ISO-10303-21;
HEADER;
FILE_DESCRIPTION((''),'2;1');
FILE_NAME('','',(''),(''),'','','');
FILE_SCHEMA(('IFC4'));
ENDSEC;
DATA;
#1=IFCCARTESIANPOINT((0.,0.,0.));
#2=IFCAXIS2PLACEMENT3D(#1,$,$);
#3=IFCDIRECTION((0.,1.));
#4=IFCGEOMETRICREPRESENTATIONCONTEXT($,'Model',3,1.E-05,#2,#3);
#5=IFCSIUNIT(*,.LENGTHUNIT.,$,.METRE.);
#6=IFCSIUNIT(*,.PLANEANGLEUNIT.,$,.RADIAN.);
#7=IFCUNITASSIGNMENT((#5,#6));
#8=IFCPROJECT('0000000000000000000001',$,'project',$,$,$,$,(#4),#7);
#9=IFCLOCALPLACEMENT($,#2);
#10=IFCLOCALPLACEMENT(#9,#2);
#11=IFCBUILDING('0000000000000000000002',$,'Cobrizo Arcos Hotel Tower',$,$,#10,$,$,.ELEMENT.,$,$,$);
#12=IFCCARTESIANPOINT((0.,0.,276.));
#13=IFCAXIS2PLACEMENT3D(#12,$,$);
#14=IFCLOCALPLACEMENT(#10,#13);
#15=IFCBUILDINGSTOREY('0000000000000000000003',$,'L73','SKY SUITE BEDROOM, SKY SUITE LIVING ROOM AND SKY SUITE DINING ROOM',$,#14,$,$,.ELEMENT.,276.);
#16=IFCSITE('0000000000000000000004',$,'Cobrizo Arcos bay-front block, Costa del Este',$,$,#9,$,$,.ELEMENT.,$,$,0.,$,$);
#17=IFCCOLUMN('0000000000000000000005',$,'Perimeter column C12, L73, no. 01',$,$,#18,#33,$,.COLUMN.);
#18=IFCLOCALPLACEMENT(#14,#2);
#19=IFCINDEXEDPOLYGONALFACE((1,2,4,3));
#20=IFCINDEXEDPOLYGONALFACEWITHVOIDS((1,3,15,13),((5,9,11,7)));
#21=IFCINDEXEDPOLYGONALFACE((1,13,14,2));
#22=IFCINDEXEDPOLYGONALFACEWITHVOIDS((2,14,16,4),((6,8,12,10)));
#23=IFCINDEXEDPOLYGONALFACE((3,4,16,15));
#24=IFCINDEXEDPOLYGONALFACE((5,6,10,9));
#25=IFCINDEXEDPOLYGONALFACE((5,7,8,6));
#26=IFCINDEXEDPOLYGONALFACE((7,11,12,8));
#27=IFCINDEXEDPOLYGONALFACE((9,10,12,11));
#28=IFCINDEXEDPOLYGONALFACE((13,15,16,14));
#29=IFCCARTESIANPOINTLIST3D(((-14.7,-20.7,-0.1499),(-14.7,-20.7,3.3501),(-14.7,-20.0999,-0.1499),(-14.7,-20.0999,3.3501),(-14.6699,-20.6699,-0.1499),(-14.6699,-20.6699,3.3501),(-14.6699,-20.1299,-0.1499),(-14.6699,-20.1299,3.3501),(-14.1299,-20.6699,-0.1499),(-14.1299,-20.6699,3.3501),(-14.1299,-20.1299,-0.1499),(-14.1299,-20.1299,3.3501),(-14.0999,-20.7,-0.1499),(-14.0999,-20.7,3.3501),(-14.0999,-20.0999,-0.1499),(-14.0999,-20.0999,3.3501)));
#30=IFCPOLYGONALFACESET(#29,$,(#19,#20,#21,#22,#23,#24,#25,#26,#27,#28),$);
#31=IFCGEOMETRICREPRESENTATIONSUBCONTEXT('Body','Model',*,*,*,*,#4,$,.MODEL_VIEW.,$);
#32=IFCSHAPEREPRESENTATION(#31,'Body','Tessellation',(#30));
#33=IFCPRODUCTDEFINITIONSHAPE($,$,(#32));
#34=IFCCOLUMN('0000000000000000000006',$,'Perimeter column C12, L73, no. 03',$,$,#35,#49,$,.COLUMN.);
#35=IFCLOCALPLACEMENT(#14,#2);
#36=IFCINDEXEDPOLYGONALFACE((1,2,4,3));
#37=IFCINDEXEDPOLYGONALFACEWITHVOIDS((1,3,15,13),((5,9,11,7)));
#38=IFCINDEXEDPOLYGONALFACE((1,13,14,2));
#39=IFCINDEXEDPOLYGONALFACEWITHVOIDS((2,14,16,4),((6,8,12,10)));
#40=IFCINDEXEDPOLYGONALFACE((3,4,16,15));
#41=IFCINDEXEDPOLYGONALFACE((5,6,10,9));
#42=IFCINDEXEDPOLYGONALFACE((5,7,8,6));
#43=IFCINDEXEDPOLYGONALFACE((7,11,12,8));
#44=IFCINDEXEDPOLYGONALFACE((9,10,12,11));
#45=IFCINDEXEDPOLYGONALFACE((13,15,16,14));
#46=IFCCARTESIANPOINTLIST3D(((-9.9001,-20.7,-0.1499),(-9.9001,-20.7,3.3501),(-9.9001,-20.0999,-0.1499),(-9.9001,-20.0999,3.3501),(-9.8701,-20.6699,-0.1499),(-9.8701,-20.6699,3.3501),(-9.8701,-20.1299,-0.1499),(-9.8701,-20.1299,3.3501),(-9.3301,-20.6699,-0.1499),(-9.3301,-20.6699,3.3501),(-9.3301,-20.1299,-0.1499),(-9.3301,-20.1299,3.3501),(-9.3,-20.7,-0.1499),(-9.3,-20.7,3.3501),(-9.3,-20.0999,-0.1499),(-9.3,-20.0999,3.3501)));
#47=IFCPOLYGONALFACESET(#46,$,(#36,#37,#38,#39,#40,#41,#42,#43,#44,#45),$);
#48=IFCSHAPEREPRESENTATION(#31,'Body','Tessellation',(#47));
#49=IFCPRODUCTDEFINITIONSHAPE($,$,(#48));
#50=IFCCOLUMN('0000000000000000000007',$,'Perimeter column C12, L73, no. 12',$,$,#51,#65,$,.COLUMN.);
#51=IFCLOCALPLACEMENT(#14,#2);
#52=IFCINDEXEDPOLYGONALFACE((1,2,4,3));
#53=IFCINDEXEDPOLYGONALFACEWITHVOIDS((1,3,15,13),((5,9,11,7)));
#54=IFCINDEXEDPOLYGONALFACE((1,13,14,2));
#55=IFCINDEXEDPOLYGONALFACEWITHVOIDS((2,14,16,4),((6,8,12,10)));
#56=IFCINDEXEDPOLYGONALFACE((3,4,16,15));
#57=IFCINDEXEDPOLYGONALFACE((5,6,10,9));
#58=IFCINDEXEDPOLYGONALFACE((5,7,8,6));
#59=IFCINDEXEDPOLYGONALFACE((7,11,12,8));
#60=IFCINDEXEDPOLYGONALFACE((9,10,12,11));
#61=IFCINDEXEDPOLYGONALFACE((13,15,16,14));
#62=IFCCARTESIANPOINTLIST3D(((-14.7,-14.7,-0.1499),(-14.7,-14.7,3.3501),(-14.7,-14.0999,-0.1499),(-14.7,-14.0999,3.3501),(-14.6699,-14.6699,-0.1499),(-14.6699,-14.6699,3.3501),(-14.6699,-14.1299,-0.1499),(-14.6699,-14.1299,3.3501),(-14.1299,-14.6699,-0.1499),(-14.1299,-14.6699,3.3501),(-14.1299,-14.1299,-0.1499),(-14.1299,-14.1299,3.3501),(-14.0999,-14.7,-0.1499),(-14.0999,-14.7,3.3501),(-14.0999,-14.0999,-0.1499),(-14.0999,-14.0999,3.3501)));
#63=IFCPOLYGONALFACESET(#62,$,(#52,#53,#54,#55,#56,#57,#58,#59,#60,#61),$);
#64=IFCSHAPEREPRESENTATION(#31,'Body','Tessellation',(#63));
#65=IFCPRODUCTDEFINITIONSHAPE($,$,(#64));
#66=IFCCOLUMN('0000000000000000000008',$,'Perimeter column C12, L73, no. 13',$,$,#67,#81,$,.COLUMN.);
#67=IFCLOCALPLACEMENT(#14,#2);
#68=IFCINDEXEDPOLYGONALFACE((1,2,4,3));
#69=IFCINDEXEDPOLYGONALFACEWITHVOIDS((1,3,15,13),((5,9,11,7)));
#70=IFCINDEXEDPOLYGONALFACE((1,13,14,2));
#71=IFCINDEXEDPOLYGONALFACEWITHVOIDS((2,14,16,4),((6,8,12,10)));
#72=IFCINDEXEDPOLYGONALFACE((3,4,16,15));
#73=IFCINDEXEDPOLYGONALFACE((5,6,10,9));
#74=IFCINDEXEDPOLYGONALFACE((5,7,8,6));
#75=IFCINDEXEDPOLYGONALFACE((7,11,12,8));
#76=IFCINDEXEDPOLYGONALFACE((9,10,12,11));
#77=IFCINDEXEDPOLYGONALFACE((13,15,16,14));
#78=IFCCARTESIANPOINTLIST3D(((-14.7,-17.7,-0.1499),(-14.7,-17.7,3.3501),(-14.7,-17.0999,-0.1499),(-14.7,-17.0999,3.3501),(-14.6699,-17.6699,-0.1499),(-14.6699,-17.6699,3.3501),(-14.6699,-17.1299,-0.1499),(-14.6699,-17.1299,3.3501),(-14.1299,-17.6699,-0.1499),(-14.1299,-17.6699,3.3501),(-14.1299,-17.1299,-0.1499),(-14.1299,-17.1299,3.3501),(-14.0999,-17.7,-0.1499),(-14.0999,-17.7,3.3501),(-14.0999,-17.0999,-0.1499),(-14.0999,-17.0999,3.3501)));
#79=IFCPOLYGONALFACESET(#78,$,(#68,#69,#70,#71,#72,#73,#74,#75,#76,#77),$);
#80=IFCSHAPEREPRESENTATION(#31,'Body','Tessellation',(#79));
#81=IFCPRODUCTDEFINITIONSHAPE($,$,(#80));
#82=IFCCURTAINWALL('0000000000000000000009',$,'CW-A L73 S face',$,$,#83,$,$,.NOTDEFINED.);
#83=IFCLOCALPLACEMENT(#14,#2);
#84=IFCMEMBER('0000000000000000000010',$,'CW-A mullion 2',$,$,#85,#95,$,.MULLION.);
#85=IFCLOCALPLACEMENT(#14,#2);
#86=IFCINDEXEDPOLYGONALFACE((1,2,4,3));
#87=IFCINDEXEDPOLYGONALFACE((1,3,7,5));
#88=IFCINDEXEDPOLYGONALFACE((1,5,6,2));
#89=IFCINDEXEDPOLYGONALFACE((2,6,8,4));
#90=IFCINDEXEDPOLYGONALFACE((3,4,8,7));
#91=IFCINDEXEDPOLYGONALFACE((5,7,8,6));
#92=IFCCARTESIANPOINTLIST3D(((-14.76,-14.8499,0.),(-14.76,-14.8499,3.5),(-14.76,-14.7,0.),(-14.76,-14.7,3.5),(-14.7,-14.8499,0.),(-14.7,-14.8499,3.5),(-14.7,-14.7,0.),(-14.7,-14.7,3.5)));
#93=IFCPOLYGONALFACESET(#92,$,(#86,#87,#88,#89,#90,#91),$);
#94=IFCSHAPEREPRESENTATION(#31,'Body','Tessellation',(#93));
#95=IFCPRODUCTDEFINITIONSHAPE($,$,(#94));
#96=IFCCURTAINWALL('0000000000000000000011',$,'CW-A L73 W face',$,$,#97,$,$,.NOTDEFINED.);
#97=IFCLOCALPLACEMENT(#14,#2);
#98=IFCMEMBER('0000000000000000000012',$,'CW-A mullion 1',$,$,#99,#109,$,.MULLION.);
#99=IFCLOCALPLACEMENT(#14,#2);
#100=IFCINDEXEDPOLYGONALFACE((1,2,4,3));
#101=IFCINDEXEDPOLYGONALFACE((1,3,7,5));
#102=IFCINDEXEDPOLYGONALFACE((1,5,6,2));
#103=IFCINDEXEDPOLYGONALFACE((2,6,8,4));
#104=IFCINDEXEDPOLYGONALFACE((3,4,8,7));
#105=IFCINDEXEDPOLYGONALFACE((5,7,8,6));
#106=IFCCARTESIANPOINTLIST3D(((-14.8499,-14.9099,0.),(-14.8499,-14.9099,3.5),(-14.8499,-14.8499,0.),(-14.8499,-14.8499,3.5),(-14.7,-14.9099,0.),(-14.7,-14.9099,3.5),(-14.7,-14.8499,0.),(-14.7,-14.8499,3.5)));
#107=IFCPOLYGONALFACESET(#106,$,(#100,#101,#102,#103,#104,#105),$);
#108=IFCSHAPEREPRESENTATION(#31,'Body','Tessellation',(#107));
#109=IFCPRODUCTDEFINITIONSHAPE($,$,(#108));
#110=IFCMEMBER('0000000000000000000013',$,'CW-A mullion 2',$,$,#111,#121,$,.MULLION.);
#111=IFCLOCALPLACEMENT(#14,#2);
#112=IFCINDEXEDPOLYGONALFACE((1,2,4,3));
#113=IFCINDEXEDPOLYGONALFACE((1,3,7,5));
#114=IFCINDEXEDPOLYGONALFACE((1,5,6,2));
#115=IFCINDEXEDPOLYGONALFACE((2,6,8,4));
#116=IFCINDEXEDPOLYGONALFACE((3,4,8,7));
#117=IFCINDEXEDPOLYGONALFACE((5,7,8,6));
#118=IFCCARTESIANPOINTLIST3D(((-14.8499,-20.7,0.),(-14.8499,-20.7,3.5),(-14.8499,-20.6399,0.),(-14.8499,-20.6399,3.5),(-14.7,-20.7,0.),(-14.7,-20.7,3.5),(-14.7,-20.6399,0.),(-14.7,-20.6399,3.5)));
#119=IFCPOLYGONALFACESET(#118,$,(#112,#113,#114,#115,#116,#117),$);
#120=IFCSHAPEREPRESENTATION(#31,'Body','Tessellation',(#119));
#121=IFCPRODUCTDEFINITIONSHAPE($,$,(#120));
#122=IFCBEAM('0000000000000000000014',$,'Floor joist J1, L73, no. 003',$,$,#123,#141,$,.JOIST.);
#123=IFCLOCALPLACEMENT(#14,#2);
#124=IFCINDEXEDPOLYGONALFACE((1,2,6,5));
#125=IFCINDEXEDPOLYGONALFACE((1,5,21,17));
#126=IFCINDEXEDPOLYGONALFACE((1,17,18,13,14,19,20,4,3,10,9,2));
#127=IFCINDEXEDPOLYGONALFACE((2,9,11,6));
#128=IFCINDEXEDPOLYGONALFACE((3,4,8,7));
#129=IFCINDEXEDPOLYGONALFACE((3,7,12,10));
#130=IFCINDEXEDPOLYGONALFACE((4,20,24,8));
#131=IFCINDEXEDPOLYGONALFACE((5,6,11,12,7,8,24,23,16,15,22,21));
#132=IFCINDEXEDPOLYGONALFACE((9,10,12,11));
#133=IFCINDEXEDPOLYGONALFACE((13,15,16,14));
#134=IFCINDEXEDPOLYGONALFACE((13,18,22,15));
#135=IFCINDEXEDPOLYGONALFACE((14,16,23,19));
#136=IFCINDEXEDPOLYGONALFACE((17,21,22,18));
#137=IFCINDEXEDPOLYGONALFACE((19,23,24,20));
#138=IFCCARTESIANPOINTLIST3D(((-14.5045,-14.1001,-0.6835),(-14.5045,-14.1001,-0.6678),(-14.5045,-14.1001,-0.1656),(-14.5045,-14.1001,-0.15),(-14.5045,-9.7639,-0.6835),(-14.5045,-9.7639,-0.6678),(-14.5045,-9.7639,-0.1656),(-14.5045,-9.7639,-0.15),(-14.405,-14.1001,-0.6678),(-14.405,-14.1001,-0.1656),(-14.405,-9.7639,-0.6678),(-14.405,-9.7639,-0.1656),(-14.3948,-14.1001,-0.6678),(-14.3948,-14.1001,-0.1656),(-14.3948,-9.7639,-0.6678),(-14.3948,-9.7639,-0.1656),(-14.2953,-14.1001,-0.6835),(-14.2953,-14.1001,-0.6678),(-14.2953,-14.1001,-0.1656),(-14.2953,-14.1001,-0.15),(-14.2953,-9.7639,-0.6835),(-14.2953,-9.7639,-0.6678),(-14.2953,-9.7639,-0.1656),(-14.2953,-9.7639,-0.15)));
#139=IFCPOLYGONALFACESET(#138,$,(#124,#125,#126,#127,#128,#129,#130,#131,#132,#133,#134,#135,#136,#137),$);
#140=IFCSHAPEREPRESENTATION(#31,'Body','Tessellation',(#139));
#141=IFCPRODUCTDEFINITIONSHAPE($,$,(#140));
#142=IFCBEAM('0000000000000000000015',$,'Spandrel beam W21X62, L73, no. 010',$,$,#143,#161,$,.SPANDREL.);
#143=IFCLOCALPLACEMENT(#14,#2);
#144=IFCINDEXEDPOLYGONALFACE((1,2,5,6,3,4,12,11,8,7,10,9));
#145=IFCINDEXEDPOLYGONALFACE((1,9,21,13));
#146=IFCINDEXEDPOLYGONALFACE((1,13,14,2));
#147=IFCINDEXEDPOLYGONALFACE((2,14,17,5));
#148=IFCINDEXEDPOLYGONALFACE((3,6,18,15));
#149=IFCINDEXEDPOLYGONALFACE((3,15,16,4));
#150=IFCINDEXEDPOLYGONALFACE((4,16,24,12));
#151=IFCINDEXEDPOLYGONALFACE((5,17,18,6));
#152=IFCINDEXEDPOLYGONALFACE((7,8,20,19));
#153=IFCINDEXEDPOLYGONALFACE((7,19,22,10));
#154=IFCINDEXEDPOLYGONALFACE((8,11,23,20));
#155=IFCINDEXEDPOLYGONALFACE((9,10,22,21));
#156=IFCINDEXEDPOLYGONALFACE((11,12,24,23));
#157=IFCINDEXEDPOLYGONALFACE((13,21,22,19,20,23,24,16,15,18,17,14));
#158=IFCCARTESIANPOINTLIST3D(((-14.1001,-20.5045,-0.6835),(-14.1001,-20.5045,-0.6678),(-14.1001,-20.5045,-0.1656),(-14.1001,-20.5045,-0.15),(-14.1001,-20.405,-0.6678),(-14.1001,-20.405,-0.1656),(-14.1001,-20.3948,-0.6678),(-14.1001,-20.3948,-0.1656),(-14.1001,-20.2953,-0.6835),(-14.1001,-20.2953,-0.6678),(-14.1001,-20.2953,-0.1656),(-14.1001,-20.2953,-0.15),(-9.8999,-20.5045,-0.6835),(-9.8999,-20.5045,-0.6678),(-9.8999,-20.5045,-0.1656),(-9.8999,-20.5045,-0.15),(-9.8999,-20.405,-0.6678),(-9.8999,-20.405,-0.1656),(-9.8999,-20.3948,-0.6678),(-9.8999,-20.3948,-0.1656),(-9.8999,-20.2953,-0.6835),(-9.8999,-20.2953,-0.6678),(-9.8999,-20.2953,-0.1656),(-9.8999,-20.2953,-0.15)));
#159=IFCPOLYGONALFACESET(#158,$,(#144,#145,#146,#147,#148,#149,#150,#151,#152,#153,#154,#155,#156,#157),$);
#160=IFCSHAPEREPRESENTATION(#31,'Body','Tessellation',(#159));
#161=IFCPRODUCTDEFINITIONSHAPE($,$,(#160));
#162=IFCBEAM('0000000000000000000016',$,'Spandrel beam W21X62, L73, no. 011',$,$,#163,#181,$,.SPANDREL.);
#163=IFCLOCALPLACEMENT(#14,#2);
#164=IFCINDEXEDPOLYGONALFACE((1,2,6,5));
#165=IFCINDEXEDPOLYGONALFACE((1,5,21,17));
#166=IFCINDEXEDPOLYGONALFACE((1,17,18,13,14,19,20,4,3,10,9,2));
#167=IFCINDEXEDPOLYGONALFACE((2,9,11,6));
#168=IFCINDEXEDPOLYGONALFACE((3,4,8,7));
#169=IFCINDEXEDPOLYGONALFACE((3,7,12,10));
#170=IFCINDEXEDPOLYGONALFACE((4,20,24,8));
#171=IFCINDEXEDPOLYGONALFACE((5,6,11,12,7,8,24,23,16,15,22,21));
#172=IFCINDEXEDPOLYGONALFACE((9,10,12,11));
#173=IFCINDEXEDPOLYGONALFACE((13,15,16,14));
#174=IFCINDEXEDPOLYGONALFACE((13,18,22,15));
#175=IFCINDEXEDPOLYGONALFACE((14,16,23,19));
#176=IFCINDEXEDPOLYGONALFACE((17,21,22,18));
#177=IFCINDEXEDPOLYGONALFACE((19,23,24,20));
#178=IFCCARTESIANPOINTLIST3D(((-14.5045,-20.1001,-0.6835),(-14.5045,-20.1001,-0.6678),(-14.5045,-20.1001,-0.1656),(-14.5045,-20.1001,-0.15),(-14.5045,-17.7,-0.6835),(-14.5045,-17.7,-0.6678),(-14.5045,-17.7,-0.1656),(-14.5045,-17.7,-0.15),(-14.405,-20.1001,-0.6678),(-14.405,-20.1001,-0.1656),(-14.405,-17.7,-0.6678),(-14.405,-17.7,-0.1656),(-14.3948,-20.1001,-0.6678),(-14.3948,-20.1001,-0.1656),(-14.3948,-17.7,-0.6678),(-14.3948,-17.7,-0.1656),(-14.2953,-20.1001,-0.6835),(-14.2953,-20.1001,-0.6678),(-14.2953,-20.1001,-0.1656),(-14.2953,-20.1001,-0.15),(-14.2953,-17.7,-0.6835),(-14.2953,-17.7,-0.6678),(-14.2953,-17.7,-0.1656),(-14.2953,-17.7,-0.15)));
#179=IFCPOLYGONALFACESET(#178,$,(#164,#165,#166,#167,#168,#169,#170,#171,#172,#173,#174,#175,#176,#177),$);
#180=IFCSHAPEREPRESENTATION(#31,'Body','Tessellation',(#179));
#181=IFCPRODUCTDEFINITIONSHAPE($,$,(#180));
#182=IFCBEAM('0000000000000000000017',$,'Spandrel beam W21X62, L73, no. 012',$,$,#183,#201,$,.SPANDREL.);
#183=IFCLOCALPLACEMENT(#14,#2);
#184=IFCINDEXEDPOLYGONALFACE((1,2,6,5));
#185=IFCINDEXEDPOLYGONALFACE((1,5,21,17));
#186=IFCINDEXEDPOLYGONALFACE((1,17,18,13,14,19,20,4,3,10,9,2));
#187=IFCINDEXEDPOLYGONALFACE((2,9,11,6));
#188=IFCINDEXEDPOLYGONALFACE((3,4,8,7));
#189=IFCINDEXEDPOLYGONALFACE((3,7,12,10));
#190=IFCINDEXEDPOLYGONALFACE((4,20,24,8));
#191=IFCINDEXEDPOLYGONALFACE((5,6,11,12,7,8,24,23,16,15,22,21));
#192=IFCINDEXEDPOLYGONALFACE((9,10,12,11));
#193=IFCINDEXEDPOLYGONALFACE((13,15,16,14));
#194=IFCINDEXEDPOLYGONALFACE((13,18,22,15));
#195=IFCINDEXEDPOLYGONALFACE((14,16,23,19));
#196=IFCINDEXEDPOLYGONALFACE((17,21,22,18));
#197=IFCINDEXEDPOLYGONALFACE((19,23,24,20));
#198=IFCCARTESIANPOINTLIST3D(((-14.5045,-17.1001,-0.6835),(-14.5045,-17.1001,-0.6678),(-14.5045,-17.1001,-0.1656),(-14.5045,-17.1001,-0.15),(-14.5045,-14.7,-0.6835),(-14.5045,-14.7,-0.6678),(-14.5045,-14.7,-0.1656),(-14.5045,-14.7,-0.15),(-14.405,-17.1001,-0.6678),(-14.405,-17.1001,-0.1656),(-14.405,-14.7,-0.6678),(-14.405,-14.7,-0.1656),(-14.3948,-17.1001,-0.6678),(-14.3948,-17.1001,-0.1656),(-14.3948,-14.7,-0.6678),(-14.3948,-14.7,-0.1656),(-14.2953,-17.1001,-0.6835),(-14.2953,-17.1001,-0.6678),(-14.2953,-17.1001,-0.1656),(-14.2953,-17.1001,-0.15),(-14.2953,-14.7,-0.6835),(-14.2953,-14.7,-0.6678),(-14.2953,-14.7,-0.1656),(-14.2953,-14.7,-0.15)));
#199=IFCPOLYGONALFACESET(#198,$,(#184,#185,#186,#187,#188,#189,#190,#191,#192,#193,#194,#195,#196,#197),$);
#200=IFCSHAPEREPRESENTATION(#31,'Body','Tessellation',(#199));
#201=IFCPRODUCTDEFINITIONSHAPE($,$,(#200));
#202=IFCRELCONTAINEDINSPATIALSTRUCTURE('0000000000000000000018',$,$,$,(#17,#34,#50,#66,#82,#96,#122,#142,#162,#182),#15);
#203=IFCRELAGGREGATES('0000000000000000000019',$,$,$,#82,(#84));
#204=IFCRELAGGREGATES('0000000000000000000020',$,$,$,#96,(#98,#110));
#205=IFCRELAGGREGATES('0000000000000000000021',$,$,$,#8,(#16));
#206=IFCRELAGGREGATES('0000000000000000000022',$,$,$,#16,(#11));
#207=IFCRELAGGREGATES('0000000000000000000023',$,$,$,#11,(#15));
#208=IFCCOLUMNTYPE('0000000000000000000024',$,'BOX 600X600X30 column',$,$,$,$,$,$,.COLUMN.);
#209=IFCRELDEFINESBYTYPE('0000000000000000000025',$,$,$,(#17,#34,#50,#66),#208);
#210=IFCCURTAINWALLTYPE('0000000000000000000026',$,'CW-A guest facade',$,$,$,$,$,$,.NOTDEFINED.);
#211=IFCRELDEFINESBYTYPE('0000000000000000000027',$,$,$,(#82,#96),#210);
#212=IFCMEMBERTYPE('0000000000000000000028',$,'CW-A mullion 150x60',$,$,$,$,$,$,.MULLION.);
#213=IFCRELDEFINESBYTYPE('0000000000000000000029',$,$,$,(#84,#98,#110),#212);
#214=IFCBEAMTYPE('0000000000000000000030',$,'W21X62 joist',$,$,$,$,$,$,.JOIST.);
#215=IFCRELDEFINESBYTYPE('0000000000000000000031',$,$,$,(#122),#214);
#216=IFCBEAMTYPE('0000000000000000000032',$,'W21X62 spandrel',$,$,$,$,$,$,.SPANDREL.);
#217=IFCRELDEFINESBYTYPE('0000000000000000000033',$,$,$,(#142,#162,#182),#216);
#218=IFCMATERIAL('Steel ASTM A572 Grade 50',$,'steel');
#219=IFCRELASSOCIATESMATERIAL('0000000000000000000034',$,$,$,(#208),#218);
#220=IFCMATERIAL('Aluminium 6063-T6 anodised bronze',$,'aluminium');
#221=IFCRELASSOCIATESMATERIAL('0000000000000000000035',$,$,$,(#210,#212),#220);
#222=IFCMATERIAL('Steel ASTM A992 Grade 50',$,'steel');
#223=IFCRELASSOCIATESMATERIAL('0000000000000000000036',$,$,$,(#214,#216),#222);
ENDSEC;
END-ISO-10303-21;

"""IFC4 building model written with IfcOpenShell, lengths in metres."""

from ifc_helpers import new_model, si_unit, direction, frame, origin, origin_2d, place, context, subcontext, project, spatial, rectangle, hollow_rectangle, i_section, extrude, material, material_profile, profile_set, type_object, element, aggregate, save


model = new_model("IFC4")

# Units and contexts
model_context = context("Model", 3, precision=1e-05, world=origin(), true_north=direction((0.0, 1.0)))
body_context = subcontext(model_context, "Body", "Model", "MODEL_VIEW")
ifc_project = project(units=[si_unit("LENGTHUNIT", "METRE"), si_unit("PLANEANGLEUNIT", "RADIAN")], contexts=[model_context])

# Site, building, storey
site_placement = place(None, origin())
site = spatial("IfcSite", under=ifc_project, at=site_placement, Name="Cobrizo Arcos bay-front block, Costa del Este", CompositionType="ELEMENT", RefElevation=0.0)
building_placement = place(site_placement, origin())
building = spatial("IfcBuilding", under=site, at=building_placement, Name="Cobrizo Arcos Hotel Tower", CompositionType="ELEMENT")
storey_placement = place(building_placement, frame((0.0, 0.0, 276.0)))
storey = spatial("IfcBuildingStorey", under=building, at=storey_placement, Name="L73", Description="SKY SUITE BEDROOM, SKY SUITE LIVING ROOM AND SKY SUITE DINING ROOM", CompositionType="ELEMENT", Elevation=276.0)

# Columns
ifc_material_1 = material(Name="Steel ASTM A572 Grade 50", Category="steel")
ifc_material_profile_1 = material_profile(ifc_material_1, hollow_rectangle(XDim=0.6001, YDim=0.6001, WallThickness=0.03, at=origin_2d()), Name="BOX 600X600X30")
ifc_profile_set_1 = profile_set([ifc_material_profile_1], Name="Steel ASTM A572 Grade 50")
column_type = type_object("IfcColumnType", Name="BOX 600X600X30 column", PredefinedType="COLUMN", material=ifc_profile_set_1)
for number, where, z_axis, x_axis, name in (
    (1, (-14.3999, -20.3999, -0.1499), (0.0, 0.0, 1.0), (1.0, 0.0, 0.0), "Perimeter column C12, L73, no. 01"),
    (2, (-9.6001, -20.3999, -0.1499), (0.0, 0.0, 1.0), (1.0, 0.0, 0.0), "Perimeter column C12, L73, no. 03"),
    (3, (-14.3999, -14.3999, -0.1499), (0.0, 0.0, 1.0), (1.0, 0.0, 0.0), "Perimeter column C12, L73, no. 12"),
    (4, (-14.3999, -17.3999, -0.1499), (0.0, 0.0, 1.0), (1.0, 0.0, 0.0), "Perimeter column C12, L73, no. 13"),
):
    element("IfcColumn", number, at=place(storey_placement, frame(where, z_axis=z_axis, x_axis=x_axis)), inside=storey, type_object=column_type, Name=name, PredefinedType="COLUMN", context=body_context, shape_type="SweptSolid", body=[
        extrude(hollow_rectangle(XDim=0.6001, YDim=0.6001, WallThickness=0.03, at=origin_2d()), origin(), (0.0, 0.0, 1.0), 3.5),
    ])

# Curtain wall, member
ifc_material_2 = material(Name="Aluminium 6063-T6 anodised bronze", Category="aluminium")
curtain_wall_type = type_object("IfcCurtainWallType", Name="CW-A guest facade", PredefinedType="NOTDEFINED", material=ifc_material_2)
curtain_wall_1_placement = place(storey_placement, origin())
curtain_wall_1 = element("IfcCurtainWall", 5, at=curtain_wall_1_placement, inside=storey, type_object=curtain_wall_type, Name="CW-A L73 S face", PredefinedType="NOTDEFINED")
ifc_material_profile_2 = material_profile(ifc_material_2, rectangle(XDim=0.1499, YDim=0.0601, at=origin_2d()), Name="CW-A mullion 150x60")
ifc_profile_set_2 = profile_set([ifc_material_profile_2], Name="Aluminium 6063-T6 anodised bronze")
member_type = type_object("IfcMemberType", Name="CW-A mullion 150x60", PredefinedType="MULLION", material=ifc_profile_set_2)
member_1_placement = place(storey_placement, frame((-14.73, -14.7749, 0.0), z_axis=(0.0, 0.0, 1.0), x_axis=(0.0, -1.0, 0.0)))
member_1 = element("IfcMember", 6, at=member_1_placement, type_object=member_type, Name="CW-A mullion 2", PredefinedType="MULLION", context=body_context, shape_type="SweptSolid", body=[
    extrude(rectangle(XDim=0.1499, YDim=0.0601, at=origin_2d()), origin(), (0.0, 0.0, 1.0), 3.5),
])
aggregate(curtain_wall_1, [member_1])

# Curtain wall, members
curtain_wall_2_placement = place(storey_placement, origin())
curtain_wall_2 = element("IfcCurtainWall", 7, at=curtain_wall_2_placement, inside=storey, type_object=curtain_wall_type, Name="CW-A L73 W face", PredefinedType="NOTDEFINED")
member_2_placement = place(storey_placement, frame((-14.7749, -14.8799, 0.0), z_axis=(0.0, 0.0, 1.0), x_axis=(-1.0, 0.0, 0.0)))
member_2 = element("IfcMember", 8, at=member_2_placement, type_object=member_type, Name="CW-A mullion 1", PredefinedType="MULLION", context=body_context, shape_type="SweptSolid", body=[
    extrude(rectangle(XDim=0.1499, YDim=0.0601, at=origin_2d()), origin(), (0.0, 0.0, 1.0), 3.5),
])
member_3_placement = place(storey_placement, frame((-14.7749, -20.6699, 0.0), z_axis=(0.0, 0.0, 1.0), x_axis=(-1.0, 0.0, 0.0)))
member_3 = element("IfcMember", 9, at=member_3_placement, type_object=member_type, Name="CW-A mullion 2", PredefinedType="MULLION", context=body_context, shape_type="SweptSolid", body=[
    extrude(rectangle(XDim=0.1499, YDim=0.0601, at=origin_2d()), origin(), (0.0, 0.0, 1.0), 3.5),
])

# Beams
ifc_material_3 = material(Name="Steel ASTM A992 Grade 50", Category="steel")
ifc_material_profile_3 = material_profile(ifc_material_3, i_section(OverallWidth=0.2092, OverallDepth=0.5334, WebThickness=0.0103, FlangeThickness=0.0156, at=origin_2d()), Name="W21X62")
ifc_profile_set_3 = profile_set([ifc_material_profile_3], Name="Steel ASTM A992 Grade 50")
beam_type_1 = type_object("IfcBeamType", Name="W21X62 joist", PredefinedType="JOIST", material=ifc_profile_set_3)
beam_1_placement = place(storey_placement, frame((-14.3999, -14.1001, -0.4167), z_axis=(0.0, 1.0, 0.0), x_axis=(-1.0, 0.0, 0.0)))
element("IfcBeam", 10, at=beam_1_placement, inside=storey, type_object=beam_type_1, Name="Floor joist J1, L73, no. 003", PredefinedType="JOIST", context=body_context, shape_type="SweptSolid", body=[
    extrude(i_section(OverallWidth=0.2092, OverallDepth=0.5334, WebThickness=0.0103, FlangeThickness=0.0156, at=origin_2d()), origin(), (0.0, 0.0, 1.0), 4.3362),
])
ifc_material_profile_4 = material_profile(ifc_material_3, i_section(OverallWidth=0.2092, OverallDepth=0.5334, WebThickness=0.0103, FlangeThickness=0.0156, at=origin_2d()), Name="W21X62")
ifc_profile_set_4 = profile_set([ifc_material_profile_4], Name="Steel ASTM A992 Grade 50")
beam_type_2 = type_object("IfcBeamType", Name="W21X62 spandrel", PredefinedType="SPANDREL", material=ifc_profile_set_4)
beam_2_placement = place(storey_placement, frame((-9.8999, -20.3999, -0.4167), z_axis=(-1.0, 0.0, 0.0), x_axis=(0.0, -1.0, 0.0)))
element("IfcBeam", 11, at=beam_2_placement, inside=storey, type_object=beam_type_2, Name="Spandrel beam W21X62, L73, no. 010", PredefinedType="SPANDREL", context=body_context, shape_type="SweptSolid", body=[
    extrude(i_section(OverallWidth=0.2092, OverallDepth=0.5334, WebThickness=0.0103, FlangeThickness=0.0156, at=origin_2d()), origin(), (0.0, 0.0, 1.0), 4.2002),
])
for number, where, z_axis, x_axis, name in (
    (12, (-14.3999, -20.1001, -0.4167), (0.0, 1.0, 0.0), (-1.0, 0.0, 0.0), "Spandrel beam W21X62, L73, no. 011"),
    (13, (-14.3999, -17.1001, -0.4167), (0.0, 1.0, 0.0), (-1.0, 0.0, 0.0), "Spandrel beam W21X62, L73, no. 012"),
):
    element("IfcBeam", number, at=place(storey_placement, frame(where, z_axis=z_axis, x_axis=x_axis)), inside=storey, type_object=beam_type_2, Name=name, PredefinedType="SPANDREL", context=body_context, shape_type="SweptSolid", body=[
        extrude(i_section(OverallWidth=0.2092, OverallDepth=0.5334, WebThickness=0.0103, FlangeThickness=0.0156, at=origin_2d()), origin(), (0.0, 0.0, 1.0), 2.4001),
    ])

aggregate(curtain_wall_2, [member_2, member_3])

save(model, "model.ifc")
